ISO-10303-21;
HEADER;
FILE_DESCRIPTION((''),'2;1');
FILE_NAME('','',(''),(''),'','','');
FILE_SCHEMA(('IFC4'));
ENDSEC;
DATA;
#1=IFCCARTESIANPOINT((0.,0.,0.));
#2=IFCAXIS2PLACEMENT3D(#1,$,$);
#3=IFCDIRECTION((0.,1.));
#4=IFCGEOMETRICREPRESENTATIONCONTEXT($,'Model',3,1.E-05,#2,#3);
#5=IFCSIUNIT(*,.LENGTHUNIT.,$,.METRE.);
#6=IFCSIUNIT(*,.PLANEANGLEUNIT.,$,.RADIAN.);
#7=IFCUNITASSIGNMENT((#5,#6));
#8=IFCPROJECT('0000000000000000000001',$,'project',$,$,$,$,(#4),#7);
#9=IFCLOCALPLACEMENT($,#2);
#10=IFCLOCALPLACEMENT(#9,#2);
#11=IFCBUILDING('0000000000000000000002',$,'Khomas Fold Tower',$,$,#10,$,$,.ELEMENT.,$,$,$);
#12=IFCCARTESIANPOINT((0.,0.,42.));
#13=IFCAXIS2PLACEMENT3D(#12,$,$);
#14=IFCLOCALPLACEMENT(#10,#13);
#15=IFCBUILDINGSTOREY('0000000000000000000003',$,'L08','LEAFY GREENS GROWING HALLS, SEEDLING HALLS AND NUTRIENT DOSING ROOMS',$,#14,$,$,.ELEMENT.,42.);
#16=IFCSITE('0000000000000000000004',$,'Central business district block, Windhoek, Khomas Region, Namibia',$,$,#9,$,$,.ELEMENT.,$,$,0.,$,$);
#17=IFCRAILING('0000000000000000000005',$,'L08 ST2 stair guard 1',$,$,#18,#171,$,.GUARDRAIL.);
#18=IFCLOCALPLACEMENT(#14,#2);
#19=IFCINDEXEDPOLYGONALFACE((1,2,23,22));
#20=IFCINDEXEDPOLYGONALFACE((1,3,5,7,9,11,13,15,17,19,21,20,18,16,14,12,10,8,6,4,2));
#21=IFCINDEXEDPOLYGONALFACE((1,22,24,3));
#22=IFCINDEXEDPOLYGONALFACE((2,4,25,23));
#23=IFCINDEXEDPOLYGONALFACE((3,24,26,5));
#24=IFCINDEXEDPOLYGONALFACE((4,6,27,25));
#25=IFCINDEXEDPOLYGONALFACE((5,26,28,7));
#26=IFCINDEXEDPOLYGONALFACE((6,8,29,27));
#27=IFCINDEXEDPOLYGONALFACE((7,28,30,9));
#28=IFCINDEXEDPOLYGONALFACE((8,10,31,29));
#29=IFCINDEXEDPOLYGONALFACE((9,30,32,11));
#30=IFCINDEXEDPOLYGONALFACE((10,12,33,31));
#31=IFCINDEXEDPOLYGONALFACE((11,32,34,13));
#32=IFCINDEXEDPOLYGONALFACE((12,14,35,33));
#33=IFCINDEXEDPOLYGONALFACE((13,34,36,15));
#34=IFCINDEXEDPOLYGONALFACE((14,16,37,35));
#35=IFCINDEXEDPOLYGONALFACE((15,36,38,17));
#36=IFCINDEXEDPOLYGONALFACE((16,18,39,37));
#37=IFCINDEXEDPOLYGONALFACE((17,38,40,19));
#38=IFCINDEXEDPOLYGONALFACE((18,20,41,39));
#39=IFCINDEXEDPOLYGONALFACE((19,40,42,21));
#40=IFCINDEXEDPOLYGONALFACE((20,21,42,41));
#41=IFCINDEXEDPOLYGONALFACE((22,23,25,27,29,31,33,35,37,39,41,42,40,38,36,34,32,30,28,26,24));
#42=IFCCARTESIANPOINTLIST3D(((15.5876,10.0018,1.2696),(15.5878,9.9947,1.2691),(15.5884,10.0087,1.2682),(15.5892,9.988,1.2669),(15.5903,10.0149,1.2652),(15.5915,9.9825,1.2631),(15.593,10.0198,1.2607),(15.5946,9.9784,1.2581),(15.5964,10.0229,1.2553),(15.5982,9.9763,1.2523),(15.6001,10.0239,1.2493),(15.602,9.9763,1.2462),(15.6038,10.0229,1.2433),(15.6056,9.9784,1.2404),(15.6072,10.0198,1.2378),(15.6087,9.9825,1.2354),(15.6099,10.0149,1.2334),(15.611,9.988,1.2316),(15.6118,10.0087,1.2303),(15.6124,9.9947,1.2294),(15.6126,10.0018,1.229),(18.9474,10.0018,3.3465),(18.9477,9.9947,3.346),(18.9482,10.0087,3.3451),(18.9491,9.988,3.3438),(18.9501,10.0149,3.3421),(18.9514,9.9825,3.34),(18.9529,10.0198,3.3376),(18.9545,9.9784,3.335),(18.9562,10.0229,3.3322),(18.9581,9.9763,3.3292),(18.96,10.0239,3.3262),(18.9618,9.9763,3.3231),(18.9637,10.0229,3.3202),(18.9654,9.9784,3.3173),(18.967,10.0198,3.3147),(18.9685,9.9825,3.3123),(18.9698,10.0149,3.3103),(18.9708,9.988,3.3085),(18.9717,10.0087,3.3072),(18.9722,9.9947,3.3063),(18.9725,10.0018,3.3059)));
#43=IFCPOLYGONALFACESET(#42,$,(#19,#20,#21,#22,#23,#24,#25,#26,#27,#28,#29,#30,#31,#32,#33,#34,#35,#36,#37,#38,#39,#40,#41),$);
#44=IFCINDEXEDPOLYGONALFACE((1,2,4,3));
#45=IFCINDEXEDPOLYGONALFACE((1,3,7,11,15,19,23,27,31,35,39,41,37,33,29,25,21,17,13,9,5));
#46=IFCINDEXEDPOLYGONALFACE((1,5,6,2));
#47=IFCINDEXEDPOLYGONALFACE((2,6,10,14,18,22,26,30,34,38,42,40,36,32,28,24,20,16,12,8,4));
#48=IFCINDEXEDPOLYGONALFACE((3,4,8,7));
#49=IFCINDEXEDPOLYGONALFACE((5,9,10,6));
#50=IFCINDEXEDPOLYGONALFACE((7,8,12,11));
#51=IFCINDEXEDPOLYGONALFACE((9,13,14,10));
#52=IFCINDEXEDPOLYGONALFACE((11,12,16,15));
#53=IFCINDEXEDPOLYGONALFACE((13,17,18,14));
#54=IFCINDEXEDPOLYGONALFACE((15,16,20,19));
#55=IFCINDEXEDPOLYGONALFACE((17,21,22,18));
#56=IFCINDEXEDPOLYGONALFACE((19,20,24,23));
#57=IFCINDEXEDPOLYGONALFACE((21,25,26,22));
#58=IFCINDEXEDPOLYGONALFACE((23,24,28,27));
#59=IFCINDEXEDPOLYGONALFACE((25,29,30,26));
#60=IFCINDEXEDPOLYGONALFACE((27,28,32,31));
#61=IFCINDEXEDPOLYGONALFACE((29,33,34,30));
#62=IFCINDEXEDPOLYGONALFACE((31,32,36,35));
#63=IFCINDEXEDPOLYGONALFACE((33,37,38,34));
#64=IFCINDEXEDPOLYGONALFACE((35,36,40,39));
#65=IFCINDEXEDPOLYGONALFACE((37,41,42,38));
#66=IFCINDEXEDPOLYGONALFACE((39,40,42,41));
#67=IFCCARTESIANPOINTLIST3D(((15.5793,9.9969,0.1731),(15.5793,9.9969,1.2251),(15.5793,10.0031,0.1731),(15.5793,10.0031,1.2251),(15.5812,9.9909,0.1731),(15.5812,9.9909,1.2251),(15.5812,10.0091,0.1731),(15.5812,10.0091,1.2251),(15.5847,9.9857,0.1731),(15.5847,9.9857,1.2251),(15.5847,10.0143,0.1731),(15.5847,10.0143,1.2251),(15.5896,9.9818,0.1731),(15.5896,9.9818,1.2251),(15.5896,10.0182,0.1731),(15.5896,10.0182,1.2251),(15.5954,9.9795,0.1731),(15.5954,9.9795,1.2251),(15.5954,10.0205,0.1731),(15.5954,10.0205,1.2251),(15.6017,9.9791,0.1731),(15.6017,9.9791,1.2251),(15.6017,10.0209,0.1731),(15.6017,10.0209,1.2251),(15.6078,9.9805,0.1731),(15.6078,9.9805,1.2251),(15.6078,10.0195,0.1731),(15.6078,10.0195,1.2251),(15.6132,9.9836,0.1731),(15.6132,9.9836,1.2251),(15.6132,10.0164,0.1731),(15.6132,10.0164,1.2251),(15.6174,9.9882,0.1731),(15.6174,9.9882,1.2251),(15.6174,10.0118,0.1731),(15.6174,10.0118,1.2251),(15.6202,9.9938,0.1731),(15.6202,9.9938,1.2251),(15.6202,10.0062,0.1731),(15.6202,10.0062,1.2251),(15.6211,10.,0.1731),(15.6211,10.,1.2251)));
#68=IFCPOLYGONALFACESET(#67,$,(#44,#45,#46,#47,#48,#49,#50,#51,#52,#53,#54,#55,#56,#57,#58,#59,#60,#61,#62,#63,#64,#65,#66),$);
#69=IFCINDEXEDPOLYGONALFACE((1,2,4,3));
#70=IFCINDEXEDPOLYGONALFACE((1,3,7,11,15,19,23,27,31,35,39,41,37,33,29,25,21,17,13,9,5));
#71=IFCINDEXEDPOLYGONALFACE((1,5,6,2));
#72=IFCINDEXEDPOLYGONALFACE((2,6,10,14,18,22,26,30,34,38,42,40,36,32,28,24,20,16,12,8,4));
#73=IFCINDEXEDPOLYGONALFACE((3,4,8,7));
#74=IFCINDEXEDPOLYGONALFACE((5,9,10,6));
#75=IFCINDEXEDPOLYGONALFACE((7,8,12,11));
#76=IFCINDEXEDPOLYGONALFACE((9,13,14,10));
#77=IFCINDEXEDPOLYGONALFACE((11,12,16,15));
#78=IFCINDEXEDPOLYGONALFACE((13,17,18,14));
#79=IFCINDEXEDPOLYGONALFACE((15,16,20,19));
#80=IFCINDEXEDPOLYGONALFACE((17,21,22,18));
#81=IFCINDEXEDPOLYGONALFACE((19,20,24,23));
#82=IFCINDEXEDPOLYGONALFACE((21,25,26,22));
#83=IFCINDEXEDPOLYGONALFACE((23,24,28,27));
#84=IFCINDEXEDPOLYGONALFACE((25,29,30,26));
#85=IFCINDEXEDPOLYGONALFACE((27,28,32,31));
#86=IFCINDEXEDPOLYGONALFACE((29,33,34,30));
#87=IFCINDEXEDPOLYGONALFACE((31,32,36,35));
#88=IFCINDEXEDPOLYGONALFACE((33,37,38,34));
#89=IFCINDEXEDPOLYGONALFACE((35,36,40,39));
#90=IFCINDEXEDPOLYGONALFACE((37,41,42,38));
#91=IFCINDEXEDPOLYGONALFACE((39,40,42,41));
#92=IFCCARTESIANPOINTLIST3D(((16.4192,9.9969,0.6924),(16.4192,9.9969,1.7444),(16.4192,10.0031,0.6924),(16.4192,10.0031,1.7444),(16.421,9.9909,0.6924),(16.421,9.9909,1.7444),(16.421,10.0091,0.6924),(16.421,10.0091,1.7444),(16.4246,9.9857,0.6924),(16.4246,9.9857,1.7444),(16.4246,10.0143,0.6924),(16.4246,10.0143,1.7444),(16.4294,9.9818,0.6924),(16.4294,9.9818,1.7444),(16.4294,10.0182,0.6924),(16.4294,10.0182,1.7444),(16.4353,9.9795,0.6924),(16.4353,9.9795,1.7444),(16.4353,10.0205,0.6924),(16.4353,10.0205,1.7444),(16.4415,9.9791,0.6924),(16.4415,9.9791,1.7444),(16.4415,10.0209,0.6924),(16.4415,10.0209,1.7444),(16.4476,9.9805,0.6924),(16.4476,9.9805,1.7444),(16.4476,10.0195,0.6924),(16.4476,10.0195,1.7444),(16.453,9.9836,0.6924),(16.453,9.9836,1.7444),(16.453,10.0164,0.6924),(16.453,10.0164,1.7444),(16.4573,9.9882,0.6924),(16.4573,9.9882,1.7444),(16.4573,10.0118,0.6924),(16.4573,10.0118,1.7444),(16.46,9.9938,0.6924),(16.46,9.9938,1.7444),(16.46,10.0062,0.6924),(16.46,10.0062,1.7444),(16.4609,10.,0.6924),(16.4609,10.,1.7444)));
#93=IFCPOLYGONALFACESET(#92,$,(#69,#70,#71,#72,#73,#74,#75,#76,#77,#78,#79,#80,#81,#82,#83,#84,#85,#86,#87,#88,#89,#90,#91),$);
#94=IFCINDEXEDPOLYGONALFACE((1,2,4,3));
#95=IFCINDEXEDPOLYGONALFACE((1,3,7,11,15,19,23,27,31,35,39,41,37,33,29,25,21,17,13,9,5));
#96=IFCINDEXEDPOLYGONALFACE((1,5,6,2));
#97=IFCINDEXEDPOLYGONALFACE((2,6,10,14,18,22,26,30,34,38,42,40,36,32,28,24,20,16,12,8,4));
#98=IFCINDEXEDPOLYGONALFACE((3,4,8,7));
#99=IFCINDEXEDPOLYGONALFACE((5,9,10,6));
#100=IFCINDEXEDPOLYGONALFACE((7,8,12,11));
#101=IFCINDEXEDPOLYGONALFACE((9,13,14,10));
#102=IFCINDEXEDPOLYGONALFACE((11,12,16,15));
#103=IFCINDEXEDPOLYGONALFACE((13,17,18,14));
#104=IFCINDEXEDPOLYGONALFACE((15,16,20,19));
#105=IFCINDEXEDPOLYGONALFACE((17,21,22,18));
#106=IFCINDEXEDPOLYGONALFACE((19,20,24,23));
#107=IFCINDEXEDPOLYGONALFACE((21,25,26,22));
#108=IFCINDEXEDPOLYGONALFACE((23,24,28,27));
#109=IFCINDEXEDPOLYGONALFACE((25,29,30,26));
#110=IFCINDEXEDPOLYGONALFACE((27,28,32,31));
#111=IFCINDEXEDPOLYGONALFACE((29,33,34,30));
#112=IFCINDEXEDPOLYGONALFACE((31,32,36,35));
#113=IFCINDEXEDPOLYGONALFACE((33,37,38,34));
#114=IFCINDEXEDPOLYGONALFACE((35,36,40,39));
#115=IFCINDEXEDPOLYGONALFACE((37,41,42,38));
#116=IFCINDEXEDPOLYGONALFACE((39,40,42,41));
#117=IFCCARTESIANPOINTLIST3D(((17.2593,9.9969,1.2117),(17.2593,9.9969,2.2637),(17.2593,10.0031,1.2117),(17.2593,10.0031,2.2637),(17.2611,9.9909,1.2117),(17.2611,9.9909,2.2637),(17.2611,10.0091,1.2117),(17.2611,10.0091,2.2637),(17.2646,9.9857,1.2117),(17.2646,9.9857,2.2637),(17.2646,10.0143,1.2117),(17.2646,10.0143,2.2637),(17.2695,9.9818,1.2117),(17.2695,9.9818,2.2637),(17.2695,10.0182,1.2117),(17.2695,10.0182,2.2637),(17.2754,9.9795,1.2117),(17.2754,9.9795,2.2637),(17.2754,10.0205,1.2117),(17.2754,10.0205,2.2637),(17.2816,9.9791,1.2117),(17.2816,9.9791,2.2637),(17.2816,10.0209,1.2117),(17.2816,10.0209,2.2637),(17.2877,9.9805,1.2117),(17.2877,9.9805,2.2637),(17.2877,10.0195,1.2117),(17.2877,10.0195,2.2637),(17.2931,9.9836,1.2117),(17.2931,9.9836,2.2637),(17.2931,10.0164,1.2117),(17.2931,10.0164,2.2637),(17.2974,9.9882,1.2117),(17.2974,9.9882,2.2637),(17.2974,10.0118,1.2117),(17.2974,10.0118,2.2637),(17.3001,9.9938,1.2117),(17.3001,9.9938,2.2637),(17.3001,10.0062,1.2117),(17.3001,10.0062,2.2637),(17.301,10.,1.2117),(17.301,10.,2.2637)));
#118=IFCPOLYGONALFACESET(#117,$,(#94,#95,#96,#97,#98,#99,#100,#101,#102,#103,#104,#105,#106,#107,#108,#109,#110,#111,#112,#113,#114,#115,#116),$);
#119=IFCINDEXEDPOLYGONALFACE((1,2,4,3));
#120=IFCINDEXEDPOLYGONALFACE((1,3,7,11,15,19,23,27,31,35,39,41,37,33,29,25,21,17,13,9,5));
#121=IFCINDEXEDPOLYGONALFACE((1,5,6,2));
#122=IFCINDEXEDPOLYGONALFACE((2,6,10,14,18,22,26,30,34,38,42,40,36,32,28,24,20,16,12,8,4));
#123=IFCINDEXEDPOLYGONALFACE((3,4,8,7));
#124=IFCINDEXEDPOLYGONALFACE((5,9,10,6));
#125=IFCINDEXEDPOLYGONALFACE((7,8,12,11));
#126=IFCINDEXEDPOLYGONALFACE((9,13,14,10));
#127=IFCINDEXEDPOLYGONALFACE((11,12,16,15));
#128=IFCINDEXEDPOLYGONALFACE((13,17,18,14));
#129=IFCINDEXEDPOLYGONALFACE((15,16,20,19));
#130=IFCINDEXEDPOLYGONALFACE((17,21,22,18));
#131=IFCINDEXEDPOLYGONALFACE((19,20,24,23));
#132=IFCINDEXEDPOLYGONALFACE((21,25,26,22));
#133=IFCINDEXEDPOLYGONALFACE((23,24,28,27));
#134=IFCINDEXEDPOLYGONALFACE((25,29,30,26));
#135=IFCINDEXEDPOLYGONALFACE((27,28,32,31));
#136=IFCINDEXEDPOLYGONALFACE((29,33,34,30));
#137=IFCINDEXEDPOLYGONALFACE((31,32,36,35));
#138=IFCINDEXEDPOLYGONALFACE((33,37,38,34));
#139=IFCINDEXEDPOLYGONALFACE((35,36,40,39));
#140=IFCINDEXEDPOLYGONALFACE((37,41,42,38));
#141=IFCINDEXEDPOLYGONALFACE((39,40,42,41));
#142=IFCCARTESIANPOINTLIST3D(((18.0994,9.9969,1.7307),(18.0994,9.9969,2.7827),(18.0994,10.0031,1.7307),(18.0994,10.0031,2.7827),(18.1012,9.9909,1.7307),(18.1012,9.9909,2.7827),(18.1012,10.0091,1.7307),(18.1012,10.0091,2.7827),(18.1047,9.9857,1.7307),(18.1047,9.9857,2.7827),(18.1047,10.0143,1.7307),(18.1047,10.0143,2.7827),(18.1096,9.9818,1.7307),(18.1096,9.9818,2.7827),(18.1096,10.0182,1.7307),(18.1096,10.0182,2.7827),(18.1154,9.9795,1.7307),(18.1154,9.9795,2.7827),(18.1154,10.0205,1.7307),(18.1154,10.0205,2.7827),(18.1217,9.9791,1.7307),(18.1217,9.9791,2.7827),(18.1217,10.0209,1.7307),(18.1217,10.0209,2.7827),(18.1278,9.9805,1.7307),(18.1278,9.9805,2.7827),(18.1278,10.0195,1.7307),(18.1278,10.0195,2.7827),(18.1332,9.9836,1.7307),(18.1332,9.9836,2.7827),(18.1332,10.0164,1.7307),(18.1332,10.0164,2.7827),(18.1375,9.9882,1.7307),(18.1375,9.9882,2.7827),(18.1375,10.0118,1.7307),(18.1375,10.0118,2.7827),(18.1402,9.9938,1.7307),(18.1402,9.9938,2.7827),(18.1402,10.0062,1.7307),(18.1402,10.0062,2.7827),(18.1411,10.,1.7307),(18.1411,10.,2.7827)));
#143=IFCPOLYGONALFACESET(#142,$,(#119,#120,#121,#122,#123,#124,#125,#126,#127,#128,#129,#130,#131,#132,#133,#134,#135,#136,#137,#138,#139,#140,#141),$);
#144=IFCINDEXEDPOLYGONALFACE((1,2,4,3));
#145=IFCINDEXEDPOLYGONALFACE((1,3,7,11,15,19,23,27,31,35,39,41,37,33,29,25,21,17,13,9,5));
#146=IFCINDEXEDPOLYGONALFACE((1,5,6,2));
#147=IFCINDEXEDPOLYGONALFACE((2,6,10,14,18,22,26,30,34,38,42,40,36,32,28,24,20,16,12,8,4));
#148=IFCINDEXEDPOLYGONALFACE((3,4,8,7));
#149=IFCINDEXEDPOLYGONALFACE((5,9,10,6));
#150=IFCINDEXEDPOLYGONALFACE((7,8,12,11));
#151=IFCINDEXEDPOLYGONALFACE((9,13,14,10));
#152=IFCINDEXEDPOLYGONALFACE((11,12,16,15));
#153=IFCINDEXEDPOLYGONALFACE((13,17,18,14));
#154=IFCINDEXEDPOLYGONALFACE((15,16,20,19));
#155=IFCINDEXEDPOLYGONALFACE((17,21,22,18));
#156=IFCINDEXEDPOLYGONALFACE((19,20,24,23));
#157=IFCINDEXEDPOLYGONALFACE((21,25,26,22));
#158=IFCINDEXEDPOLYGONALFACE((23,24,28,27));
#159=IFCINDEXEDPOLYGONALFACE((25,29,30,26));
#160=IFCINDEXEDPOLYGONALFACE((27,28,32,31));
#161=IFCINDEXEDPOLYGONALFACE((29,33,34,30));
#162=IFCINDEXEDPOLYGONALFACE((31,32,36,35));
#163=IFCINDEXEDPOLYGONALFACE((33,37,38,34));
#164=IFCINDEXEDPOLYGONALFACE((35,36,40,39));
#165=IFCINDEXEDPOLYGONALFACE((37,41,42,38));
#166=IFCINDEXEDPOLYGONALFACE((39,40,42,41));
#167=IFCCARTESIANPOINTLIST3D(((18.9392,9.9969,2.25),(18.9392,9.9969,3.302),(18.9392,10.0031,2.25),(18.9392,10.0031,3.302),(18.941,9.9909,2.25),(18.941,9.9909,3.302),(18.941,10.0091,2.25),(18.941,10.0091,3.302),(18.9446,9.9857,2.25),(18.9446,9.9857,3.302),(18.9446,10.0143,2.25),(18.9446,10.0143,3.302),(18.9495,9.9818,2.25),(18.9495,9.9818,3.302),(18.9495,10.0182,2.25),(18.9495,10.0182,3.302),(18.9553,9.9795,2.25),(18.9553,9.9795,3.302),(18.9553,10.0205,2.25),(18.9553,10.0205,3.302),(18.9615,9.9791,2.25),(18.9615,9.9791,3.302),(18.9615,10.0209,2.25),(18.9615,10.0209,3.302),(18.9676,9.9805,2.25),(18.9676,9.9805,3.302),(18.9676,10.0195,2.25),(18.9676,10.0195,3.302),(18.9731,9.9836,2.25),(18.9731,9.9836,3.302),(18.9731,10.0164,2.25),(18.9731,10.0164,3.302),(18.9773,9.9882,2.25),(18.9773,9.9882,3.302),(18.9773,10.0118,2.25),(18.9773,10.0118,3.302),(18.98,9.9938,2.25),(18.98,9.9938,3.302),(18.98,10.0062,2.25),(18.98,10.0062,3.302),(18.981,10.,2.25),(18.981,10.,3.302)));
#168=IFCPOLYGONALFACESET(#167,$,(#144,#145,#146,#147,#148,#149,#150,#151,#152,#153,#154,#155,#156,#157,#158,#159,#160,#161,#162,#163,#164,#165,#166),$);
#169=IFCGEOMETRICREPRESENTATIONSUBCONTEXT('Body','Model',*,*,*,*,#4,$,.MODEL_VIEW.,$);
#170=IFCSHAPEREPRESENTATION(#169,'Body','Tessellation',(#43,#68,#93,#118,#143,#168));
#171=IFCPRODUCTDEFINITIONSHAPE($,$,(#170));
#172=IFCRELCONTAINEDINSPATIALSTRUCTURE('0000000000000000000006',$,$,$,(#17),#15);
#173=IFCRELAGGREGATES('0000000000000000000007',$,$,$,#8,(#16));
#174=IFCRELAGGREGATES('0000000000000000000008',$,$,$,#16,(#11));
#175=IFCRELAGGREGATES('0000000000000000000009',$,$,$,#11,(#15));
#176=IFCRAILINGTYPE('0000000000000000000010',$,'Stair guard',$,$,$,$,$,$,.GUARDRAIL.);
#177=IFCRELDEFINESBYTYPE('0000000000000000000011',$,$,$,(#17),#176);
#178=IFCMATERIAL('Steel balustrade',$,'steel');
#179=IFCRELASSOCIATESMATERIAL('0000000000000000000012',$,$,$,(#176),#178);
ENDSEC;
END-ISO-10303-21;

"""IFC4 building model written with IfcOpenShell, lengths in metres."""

from ifc_helpers import new_model, si_unit, direction, frame, origin, origin_2d, place, context, subcontext, project, spatial, circle, extrude, source, transform, mapped, material, type_object, element, save


model = new_model("IFC4")

# Units and contexts
model_context = context("Model", 3, precision=1e-05, world=origin(), true_north=direction((0.0, 1.0)))
body_context = subcontext(model_context, "Body", "Model", "MODEL_VIEW")
ifc_project = project(units=[si_unit("LENGTHUNIT", "METRE"), si_unit("PLANEANGLEUNIT", "RADIAN")], contexts=[model_context])

# Site, building, storey
site_placement = place(None, origin())
site = spatial("IfcSite", under=ifc_project, at=site_placement, Name="Central business district block, Windhoek, Khomas Region, Namibia", CompositionType="ELEMENT", RefElevation=0.0)
building_placement = place(site_placement, origin())
building = spatial("IfcBuilding", under=site, at=building_placement, Name="Khomas Fold Tower", CompositionType="ELEMENT")
storey_placement = place(building_placement, frame((0.0, 0.0, 42.0)))
storey = spatial("IfcBuildingStorey", under=building, at=storey_placement, Name="L08", Description="LEAFY GREENS GROWING HALLS, SEEDLING HALLS AND NUTRIENT DOSING ROOMS", CompositionType="ELEMENT", Elevation=42.0)

# Railing
ifc_material_1 = material(Name="Steel balustrade", Category="steel")
railing_type_1 = type_object("IfcRailingType", Name="Stair guard", PredefinedType="GUARDRAIL", material=ifc_material_1)
shared_shape_1 = source(origin(), body_context, "Body", "SweptSolid", [
    extrude(circle(Radius=0.0239, at=origin_2d()), frame((0.0, 0.0, 1.0762), z_axis=(0.850606, 0.0, 0.525803), x_axis=(0.0, 1.0, 0.0)), (0.0, 0.0, 1.0), 3.95),
    extrude(circle(Radius=0.021, at=origin_2d()), origin(), (0.0, 0.0, 1.0), 1.052),
    extrude(circle(Radius=0.021, at=origin_2d()), frame((0.8398, 0.0, 0.5193)), (0.0, 0.0, 1.0), 1.052),
    extrude(circle(Radius=0.021, at=origin_2d()), frame((1.6799, 0.0, 1.0386)), (0.0, 0.0, 1.0), 1.052),
    extrude(circle(Radius=0.021, at=origin_2d()), frame((2.52, 0.0, 1.5576)), (0.0, 0.0, 1.0), 1.052),
    extrude(circle(Radius=0.021, at=origin_2d()), frame((3.3599, 0.0, 2.0769)), (0.0, 0.0, 1.0), 1.052),
])
railing_1_placement = place(storey_placement, frame((15.6001, 10.0, 0.1731)))
element("IfcRailing", 1, at=railing_1_placement, inside=storey, type_object=railing_type_1, Name="L08 ST2 stair guard 1", PredefinedType="GUARDRAIL", context=body_context, shape_type="MappedRepresentation", body=[
    mapped(shared_shape_1, transform((0.0, 0.0, 0.0))),
])

save(model, "model.ifc")
